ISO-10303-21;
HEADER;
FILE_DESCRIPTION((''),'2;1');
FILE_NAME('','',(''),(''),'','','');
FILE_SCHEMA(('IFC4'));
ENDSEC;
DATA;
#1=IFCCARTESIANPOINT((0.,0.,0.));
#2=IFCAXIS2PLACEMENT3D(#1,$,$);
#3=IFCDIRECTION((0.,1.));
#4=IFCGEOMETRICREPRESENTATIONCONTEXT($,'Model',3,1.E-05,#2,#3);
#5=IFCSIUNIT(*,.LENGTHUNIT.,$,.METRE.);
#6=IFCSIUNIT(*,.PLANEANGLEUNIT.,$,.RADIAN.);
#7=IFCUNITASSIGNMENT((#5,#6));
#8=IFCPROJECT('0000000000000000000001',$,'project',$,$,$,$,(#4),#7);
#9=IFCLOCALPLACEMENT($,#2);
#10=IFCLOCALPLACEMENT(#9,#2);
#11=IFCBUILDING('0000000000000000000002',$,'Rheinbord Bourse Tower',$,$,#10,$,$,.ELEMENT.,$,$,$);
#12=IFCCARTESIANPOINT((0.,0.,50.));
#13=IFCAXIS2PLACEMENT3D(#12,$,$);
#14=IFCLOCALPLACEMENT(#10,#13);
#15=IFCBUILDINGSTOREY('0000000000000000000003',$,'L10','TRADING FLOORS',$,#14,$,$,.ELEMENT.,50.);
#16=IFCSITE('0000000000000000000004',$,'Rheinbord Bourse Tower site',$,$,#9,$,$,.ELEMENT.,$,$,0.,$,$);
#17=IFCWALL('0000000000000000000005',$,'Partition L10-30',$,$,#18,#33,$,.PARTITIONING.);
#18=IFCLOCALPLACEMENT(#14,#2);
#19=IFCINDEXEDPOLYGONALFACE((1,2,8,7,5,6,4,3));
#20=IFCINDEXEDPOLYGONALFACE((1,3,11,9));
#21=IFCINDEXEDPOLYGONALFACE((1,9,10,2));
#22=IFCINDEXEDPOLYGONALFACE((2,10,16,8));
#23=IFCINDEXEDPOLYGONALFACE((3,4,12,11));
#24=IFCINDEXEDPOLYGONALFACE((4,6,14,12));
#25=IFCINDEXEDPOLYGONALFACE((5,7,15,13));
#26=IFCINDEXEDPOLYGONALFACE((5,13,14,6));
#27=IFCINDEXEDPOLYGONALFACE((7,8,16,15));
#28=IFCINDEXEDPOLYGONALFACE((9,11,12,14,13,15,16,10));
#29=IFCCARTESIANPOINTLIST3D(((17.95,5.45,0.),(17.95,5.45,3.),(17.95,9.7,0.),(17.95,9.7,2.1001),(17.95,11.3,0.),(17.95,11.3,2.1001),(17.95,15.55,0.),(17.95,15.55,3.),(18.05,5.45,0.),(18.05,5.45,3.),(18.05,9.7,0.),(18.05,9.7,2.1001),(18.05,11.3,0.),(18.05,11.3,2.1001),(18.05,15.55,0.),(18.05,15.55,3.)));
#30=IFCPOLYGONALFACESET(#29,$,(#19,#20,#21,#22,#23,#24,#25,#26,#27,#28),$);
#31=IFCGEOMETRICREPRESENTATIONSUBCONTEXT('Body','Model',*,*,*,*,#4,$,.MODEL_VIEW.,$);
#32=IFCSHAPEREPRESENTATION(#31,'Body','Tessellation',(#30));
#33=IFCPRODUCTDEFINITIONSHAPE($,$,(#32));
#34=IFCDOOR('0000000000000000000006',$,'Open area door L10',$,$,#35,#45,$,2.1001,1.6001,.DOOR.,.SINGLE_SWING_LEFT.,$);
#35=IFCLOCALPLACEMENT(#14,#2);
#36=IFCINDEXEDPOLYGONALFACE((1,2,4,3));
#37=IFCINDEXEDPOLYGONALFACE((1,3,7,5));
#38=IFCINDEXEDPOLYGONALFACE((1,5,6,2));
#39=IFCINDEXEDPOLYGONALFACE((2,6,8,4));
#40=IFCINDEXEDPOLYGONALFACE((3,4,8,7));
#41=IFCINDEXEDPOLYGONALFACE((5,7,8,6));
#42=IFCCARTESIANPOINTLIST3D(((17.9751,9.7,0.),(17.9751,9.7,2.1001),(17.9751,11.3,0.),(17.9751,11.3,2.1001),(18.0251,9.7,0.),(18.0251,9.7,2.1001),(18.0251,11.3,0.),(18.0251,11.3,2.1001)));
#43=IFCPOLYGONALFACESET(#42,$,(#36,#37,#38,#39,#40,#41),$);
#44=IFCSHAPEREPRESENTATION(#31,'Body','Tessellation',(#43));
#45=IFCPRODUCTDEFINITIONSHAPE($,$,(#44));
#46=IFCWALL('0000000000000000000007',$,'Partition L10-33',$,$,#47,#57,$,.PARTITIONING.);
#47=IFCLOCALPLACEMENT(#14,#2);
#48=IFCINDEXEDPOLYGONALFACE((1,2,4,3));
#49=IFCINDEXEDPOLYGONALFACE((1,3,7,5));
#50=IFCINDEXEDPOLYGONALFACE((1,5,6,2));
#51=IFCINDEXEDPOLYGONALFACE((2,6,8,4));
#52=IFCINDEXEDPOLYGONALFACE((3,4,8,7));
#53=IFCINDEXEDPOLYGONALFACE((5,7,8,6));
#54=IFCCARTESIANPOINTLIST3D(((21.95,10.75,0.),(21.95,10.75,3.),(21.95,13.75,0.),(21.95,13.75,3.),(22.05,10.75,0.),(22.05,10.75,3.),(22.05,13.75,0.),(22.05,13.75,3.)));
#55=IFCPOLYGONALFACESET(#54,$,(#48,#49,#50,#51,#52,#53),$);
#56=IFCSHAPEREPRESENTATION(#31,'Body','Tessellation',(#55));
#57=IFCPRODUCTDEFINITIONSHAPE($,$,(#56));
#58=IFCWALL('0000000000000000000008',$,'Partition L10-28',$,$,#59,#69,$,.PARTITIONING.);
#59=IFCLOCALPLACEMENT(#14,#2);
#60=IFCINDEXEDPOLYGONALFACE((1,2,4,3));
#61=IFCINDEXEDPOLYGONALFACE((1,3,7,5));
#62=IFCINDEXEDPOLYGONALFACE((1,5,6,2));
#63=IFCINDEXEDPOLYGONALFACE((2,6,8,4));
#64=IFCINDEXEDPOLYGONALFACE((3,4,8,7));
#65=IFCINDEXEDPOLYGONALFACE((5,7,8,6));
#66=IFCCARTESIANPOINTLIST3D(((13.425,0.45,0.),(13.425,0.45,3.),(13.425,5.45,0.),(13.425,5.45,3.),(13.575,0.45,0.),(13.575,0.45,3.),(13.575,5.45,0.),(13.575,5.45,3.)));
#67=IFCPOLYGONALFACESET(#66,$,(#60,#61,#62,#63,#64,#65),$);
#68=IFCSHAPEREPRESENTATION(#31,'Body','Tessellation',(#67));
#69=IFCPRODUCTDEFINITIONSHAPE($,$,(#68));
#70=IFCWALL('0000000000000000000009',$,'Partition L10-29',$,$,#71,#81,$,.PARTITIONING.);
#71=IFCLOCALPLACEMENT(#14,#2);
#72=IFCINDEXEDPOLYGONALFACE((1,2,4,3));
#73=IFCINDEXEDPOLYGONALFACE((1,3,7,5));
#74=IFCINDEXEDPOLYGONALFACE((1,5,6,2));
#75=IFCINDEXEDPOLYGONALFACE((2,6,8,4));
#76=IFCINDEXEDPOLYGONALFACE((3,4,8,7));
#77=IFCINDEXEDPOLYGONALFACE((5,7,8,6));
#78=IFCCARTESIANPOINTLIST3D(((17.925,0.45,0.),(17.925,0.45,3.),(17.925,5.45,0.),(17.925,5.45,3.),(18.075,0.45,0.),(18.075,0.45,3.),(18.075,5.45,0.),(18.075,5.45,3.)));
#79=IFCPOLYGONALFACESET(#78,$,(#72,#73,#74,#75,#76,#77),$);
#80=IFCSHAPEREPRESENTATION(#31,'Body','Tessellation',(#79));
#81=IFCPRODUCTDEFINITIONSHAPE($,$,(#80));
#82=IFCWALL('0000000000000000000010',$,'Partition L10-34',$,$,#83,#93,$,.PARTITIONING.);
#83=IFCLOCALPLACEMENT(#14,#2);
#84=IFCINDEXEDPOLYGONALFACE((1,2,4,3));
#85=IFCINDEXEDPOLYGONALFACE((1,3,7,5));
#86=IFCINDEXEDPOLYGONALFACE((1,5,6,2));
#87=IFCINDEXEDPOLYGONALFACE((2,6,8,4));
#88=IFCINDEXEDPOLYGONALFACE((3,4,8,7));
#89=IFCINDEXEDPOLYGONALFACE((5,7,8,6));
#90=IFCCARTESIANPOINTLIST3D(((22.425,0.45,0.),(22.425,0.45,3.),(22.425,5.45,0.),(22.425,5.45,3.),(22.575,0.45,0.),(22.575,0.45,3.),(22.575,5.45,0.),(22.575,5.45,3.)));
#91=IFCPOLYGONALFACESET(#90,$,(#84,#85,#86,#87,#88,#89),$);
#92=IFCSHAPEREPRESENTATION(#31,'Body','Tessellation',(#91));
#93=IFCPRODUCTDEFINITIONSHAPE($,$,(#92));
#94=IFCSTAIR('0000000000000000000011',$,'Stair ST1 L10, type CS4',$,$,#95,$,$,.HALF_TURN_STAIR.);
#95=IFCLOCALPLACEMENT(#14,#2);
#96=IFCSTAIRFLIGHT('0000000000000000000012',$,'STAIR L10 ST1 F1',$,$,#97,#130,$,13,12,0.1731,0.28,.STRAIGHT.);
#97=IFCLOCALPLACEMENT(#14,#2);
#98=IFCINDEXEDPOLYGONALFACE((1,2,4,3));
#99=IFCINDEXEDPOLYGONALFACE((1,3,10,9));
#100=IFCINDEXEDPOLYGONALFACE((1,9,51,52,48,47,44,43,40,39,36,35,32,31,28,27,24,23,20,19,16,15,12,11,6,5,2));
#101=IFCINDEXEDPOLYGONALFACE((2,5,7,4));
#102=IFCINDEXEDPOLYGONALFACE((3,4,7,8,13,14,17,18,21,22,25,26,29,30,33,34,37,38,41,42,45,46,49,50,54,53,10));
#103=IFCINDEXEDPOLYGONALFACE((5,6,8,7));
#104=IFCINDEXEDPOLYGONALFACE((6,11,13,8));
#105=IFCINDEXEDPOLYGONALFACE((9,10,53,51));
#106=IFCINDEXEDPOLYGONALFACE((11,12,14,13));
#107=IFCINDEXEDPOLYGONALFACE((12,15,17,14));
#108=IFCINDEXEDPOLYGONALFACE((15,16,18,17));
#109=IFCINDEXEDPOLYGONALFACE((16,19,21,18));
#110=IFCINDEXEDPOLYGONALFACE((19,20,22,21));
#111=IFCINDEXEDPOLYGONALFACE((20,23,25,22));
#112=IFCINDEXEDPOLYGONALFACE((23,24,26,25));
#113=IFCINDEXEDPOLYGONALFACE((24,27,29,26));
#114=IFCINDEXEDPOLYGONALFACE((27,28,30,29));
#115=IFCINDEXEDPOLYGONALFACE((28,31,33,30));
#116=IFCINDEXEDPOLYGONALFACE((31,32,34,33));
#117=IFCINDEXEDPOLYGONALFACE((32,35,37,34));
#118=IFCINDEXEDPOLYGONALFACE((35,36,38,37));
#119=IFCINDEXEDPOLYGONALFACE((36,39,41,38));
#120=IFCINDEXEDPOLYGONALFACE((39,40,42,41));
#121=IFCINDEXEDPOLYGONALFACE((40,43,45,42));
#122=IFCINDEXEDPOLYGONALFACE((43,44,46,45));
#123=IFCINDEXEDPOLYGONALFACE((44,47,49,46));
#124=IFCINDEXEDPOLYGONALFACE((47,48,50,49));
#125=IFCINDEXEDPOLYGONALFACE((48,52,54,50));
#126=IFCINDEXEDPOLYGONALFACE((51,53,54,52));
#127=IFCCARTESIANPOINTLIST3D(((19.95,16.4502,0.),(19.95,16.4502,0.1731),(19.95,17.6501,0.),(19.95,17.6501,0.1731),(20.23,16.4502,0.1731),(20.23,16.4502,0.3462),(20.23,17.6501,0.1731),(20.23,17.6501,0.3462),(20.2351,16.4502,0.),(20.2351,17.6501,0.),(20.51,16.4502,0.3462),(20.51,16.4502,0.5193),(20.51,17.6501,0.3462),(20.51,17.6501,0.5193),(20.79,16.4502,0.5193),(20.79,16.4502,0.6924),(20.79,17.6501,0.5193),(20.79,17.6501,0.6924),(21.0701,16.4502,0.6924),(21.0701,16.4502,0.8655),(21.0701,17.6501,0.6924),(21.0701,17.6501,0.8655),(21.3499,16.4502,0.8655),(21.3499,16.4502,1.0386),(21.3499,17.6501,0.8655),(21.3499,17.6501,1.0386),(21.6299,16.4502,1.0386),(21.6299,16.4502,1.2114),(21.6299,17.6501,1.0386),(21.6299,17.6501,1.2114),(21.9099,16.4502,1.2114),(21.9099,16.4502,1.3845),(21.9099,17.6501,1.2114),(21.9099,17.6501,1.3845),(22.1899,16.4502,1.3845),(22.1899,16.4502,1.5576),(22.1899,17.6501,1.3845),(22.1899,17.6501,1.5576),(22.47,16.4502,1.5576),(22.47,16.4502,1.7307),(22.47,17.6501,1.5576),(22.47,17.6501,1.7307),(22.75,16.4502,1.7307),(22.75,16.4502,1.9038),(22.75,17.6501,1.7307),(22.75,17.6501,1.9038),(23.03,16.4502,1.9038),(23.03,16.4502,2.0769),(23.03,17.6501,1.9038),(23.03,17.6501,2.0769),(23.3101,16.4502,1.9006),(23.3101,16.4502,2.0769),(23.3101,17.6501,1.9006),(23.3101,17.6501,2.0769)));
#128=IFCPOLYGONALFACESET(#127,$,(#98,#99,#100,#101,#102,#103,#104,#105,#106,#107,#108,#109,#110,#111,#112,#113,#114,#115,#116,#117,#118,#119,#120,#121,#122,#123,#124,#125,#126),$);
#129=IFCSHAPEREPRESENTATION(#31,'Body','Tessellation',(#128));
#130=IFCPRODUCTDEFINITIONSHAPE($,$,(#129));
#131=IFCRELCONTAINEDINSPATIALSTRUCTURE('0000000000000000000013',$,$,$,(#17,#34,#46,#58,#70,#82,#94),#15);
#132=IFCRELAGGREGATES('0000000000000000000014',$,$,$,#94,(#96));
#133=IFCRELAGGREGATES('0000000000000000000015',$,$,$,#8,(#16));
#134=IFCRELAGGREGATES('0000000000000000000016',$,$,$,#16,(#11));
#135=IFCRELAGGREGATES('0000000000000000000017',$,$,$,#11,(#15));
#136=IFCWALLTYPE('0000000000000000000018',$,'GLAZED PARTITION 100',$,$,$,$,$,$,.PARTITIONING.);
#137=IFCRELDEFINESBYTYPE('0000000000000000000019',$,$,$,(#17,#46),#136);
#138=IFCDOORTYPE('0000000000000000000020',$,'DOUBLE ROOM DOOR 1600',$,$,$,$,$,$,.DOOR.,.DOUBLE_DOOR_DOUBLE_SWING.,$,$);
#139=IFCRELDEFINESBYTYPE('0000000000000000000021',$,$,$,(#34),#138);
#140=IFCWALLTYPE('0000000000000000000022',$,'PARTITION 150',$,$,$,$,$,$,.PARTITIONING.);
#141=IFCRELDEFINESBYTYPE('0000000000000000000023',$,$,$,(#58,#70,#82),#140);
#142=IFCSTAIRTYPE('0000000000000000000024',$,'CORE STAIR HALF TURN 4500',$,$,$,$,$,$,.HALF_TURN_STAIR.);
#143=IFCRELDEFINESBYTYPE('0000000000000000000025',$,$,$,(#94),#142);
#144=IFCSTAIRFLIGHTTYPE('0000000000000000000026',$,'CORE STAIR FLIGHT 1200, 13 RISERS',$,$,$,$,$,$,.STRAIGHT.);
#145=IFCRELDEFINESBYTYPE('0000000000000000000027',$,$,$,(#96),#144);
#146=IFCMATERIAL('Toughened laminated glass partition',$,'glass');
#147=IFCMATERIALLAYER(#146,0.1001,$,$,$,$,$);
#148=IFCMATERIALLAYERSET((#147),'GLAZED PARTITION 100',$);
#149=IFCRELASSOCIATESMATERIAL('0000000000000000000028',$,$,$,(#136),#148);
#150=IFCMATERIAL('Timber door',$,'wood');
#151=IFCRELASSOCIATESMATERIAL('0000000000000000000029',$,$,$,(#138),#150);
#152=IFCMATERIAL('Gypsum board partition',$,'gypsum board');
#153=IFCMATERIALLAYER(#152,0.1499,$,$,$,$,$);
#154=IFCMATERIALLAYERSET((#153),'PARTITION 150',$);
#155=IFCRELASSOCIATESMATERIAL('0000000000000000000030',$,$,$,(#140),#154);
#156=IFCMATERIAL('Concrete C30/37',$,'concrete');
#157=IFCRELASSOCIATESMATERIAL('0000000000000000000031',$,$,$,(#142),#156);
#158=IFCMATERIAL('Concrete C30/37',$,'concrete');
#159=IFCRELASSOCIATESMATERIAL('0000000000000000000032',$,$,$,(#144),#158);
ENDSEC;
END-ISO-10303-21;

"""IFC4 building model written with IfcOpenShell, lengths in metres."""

from ifc_helpers import new_model, si_unit, direction, frame, frame_2d, origin, place, context, subcontext, project, spatial, polyline, rectangle, outline, extrude, material, layer, layer_set, type_object, element, fill, aggregate, save


model = new_model("IFC4")

# Units and contexts
model_context = context("Model", 3, precision=1e-05, world=origin(), true_north=direction((0.0, 1.0)))
body_context = subcontext(model_context, "Body", "Model", "MODEL_VIEW")
ifc_project = project(units=[si_unit("LENGTHUNIT", "METRE"), si_unit("PLANEANGLEUNIT", "RADIAN")], contexts=[model_context])

# Site, building, storey
site_placement = place(None, origin())
site = spatial("IfcSite", under=ifc_project, at=site_placement, Name="Rheinbord Bourse Tower site", CompositionType="ELEMENT", RefElevation=0.0)
building_placement = place(site_placement, origin())
building = spatial("IfcBuilding", under=site, at=building_placement, Name="Rheinbord Bourse Tower", CompositionType="ELEMENT")
storey_placement = place(building_placement, frame((0.0, 0.0, 50.0)))
storey = spatial("IfcBuildingStorey", under=building, at=storey_placement, Name="L10", Description="TRADING FLOORS", CompositionType="ELEMENT", Elevation=50.0)

# Shared definitions
ifc_material_1 = material(Name="Toughened laminated glass partition", Category="glass")
ifc_layer_1 = layer(ifc_material_1, 0.1001)
ifc_layer_set_1 = layer_set([ifc_layer_1], Name="GLAZED PARTITION 100")
wall_type_1 = type_object("IfcWallType", Name="GLAZED PARTITION 100", PredefinedType="PARTITIONING", material=ifc_layer_set_1)

# Wall, opening, door
wall_1_placement = place(storey_placement, frame((18.0, 5.45, 0.0), z_axis=(0.0, 0.0, 1.0), x_axis=(0.0, 1.0, 0.0)))
wall_1 = element("IfcWall", 1, at=wall_1_placement, inside=storey, type_object=wall_type_1, Name="Partition L10-30", PredefinedType="PARTITIONING", context=body_context, shape_type="SweptSolid", body=[
    extrude(rectangle(XDim=10.1001, YDim=0.1001, at=frame_2d((5.05, 0.0))), origin(), (0.0, 0.0, 1.0), 3.0),
])
opening_1_placement = place(wall_1_placement, frame((4.25, 0.0, 0.0)))
opening_1 = element("IfcOpeningElement", 2, at=opening_1_placement, cuts=wall_1, PredefinedType="OPENING", context=body_context, shape_type="SweptSolid", body=[
    extrude(rectangle(XDim=1.6001, YDim=2.1001, at=frame_2d((0.8, 1.05))), frame((0.0, 0.0601, 0.0), z_axis=(0.0, -1.0, 0.0), x_axis=(1.0, 0.0, 0.0)), (0.0, 0.0, 1.0), 0.1201),
])
ifc_material_2 = material(Name="Timber door", Category="wood")
door_type_1 = type_object("IfcDoorType", Name="DOUBLE ROOM DOOR 1600", OperationType="DOUBLE_DOOR_DOUBLE_SWING", PredefinedType="DOOR", material=ifc_material_2)
door_1_placement = place(opening_1_placement, origin())
door_1 = element("IfcDoor", 3, at=door_1_placement, inside=storey, type_object=door_type_1, Name="Open area door L10", OperationType="SINGLE_SWING_LEFT", OverallHeight=2.1001, OverallWidth=1.6001, PredefinedType="DOOR", context=body_context, shape_type="SweptSolid", body=[
    extrude(rectangle(XDim=1.6001, YDim=2.1001, at=frame_2d((0.8, 1.05))), frame((0.0, 0.0249, 0.0), z_axis=(0.0, -1.0, 0.0), x_axis=(1.0, 0.0, 0.0)), (0.0, 0.0, 1.0), 0.05),
])
fill(opening_1, door_1)

# Walls
wall_2_placement = place(storey_placement, frame((22.0, 10.75, 0.0), z_axis=(0.0, 0.0, 1.0), x_axis=(0.0, 1.0, 0.0)))
element("IfcWall", 4, at=wall_2_placement, inside=storey, type_object=wall_type_1, Name="Partition L10-33", PredefinedType="PARTITIONING", context=body_context, shape_type="SweptSolid", body=[
    extrude(rectangle(XDim=3.0, YDim=0.1001, at=frame_2d((1.5, 0.0))), origin(), (0.0, 0.0, 1.0), 3.0),
])
ifc_material_3 = material(Name="Gypsum board partition", Category="gypsum board")
ifc_layer_2 = layer(ifc_material_3, 0.1499)
ifc_layer_set_2 = layer_set([ifc_layer_2], Name="PARTITION 150")
wall_type_2 = type_object("IfcWallType", Name="PARTITION 150", PredefinedType="PARTITIONING", material=ifc_layer_set_2)
for number, where, z_axis, x_axis, name in (
    (5, (13.5, 0.45, 0.0), (0.0, 0.0, 1.0), (0.0, 1.0, 0.0), "Partition L10-28"),
    (6, (18.0, 0.45, 0.0), (0.0, 0.0, 1.0), (0.0, 1.0, 0.0), "Partition L10-29"),
    (7, (22.5, 0.45, 0.0), (0.0, 0.0, 1.0), (0.0, 1.0, 0.0), "Partition L10-34"),
):
    element("IfcWall", number, at=place(storey_placement, frame(where, z_axis=z_axis, x_axis=x_axis)), inside=storey, type_object=wall_type_2, Name=name, PredefinedType="PARTITIONING", context=body_context, shape_type="SweptSolid", body=[
        extrude(rectangle(XDim=5.0, YDim=0.1499, at=frame_2d((2.5, 0.0))), origin(), (0.0, 0.0, 1.0), 3.0),
    ])

# Stair, stair flight
ifc_material_4 = material(Name="Concrete C30/37", Category="concrete")
stair_type = type_object("IfcStairType", Name="CORE STAIR HALF TURN 4500", PredefinedType="HALF_TURN_STAIR", material=ifc_material_4)
stair_placement = place(storey_placement, origin())
stair = element("IfcStair", 8, at=stair_placement, inside=storey, type_object=stair_type, Name="Stair ST1 L10, type CS4", PredefinedType="HALF_TURN_STAIR")
ifc_material_5 = material(Name="Concrete C30/37", Category="concrete")
stair_flight_type = type_object("IfcStairFlightType", Name="CORE STAIR FLIGHT 1200, 13 RISERS", PredefinedType="STRAIGHT", material=ifc_material_5)
stair_flight_placement = place(storey_placement, frame((19.95, 17.05, 0.0), z_axis=(0.0, 0.0, 1.0), x_axis=(1.0, 0.0, 0.0)))
stair_flight = element("IfcStairFlight", 9, at=stair_flight_placement, type_object=stair_flight_type, Name="STAIR L10 ST1 F1", NumberOfRisers=13, NumberOfTreads=12, PredefinedType="STRAIGHT", RiserHeight=0.1731, TreadLength=0.28, context=body_context, shape_type="SweptSolid", body=[
    extrude(outline(polyline([(0.0, 0.0), (0.0, 0.1731), (0.28, 0.1731), (0.28, 0.3462), (0.5601, 0.3462), (0.5601, 0.5193), (0.8401, 0.5193), (0.8401, 0.6924), (1.1201, 0.6924), (1.1201, 0.8655), (1.3999, 0.8655), (1.3999, 1.0386), (1.6799, 1.0386), (1.6799, 1.2114), (1.96, 1.2114), (1.96, 1.3845), (2.24, 1.3845), (2.24, 1.5576), (2.52, 1.5576), (2.52, 1.7307), (2.8, 1.7307), (2.8, 1.9038), (3.0801, 1.9038), (3.0801, 2.0769), (3.3601, 2.0769), (3.3601, 2.25), (3.3601, 1.9006), (0.2852, 0.0), (0.0, 0.0)])), frame((0.0, 0.6001, 0.0), z_axis=(0.0, -1.0, 0.0), x_axis=(1.0, 0.0, 0.0)), (0.0, 0.0, 1.0), 1.2),
])
aggregate(stair, [stair_flight])

save(model, "model.ifc")
